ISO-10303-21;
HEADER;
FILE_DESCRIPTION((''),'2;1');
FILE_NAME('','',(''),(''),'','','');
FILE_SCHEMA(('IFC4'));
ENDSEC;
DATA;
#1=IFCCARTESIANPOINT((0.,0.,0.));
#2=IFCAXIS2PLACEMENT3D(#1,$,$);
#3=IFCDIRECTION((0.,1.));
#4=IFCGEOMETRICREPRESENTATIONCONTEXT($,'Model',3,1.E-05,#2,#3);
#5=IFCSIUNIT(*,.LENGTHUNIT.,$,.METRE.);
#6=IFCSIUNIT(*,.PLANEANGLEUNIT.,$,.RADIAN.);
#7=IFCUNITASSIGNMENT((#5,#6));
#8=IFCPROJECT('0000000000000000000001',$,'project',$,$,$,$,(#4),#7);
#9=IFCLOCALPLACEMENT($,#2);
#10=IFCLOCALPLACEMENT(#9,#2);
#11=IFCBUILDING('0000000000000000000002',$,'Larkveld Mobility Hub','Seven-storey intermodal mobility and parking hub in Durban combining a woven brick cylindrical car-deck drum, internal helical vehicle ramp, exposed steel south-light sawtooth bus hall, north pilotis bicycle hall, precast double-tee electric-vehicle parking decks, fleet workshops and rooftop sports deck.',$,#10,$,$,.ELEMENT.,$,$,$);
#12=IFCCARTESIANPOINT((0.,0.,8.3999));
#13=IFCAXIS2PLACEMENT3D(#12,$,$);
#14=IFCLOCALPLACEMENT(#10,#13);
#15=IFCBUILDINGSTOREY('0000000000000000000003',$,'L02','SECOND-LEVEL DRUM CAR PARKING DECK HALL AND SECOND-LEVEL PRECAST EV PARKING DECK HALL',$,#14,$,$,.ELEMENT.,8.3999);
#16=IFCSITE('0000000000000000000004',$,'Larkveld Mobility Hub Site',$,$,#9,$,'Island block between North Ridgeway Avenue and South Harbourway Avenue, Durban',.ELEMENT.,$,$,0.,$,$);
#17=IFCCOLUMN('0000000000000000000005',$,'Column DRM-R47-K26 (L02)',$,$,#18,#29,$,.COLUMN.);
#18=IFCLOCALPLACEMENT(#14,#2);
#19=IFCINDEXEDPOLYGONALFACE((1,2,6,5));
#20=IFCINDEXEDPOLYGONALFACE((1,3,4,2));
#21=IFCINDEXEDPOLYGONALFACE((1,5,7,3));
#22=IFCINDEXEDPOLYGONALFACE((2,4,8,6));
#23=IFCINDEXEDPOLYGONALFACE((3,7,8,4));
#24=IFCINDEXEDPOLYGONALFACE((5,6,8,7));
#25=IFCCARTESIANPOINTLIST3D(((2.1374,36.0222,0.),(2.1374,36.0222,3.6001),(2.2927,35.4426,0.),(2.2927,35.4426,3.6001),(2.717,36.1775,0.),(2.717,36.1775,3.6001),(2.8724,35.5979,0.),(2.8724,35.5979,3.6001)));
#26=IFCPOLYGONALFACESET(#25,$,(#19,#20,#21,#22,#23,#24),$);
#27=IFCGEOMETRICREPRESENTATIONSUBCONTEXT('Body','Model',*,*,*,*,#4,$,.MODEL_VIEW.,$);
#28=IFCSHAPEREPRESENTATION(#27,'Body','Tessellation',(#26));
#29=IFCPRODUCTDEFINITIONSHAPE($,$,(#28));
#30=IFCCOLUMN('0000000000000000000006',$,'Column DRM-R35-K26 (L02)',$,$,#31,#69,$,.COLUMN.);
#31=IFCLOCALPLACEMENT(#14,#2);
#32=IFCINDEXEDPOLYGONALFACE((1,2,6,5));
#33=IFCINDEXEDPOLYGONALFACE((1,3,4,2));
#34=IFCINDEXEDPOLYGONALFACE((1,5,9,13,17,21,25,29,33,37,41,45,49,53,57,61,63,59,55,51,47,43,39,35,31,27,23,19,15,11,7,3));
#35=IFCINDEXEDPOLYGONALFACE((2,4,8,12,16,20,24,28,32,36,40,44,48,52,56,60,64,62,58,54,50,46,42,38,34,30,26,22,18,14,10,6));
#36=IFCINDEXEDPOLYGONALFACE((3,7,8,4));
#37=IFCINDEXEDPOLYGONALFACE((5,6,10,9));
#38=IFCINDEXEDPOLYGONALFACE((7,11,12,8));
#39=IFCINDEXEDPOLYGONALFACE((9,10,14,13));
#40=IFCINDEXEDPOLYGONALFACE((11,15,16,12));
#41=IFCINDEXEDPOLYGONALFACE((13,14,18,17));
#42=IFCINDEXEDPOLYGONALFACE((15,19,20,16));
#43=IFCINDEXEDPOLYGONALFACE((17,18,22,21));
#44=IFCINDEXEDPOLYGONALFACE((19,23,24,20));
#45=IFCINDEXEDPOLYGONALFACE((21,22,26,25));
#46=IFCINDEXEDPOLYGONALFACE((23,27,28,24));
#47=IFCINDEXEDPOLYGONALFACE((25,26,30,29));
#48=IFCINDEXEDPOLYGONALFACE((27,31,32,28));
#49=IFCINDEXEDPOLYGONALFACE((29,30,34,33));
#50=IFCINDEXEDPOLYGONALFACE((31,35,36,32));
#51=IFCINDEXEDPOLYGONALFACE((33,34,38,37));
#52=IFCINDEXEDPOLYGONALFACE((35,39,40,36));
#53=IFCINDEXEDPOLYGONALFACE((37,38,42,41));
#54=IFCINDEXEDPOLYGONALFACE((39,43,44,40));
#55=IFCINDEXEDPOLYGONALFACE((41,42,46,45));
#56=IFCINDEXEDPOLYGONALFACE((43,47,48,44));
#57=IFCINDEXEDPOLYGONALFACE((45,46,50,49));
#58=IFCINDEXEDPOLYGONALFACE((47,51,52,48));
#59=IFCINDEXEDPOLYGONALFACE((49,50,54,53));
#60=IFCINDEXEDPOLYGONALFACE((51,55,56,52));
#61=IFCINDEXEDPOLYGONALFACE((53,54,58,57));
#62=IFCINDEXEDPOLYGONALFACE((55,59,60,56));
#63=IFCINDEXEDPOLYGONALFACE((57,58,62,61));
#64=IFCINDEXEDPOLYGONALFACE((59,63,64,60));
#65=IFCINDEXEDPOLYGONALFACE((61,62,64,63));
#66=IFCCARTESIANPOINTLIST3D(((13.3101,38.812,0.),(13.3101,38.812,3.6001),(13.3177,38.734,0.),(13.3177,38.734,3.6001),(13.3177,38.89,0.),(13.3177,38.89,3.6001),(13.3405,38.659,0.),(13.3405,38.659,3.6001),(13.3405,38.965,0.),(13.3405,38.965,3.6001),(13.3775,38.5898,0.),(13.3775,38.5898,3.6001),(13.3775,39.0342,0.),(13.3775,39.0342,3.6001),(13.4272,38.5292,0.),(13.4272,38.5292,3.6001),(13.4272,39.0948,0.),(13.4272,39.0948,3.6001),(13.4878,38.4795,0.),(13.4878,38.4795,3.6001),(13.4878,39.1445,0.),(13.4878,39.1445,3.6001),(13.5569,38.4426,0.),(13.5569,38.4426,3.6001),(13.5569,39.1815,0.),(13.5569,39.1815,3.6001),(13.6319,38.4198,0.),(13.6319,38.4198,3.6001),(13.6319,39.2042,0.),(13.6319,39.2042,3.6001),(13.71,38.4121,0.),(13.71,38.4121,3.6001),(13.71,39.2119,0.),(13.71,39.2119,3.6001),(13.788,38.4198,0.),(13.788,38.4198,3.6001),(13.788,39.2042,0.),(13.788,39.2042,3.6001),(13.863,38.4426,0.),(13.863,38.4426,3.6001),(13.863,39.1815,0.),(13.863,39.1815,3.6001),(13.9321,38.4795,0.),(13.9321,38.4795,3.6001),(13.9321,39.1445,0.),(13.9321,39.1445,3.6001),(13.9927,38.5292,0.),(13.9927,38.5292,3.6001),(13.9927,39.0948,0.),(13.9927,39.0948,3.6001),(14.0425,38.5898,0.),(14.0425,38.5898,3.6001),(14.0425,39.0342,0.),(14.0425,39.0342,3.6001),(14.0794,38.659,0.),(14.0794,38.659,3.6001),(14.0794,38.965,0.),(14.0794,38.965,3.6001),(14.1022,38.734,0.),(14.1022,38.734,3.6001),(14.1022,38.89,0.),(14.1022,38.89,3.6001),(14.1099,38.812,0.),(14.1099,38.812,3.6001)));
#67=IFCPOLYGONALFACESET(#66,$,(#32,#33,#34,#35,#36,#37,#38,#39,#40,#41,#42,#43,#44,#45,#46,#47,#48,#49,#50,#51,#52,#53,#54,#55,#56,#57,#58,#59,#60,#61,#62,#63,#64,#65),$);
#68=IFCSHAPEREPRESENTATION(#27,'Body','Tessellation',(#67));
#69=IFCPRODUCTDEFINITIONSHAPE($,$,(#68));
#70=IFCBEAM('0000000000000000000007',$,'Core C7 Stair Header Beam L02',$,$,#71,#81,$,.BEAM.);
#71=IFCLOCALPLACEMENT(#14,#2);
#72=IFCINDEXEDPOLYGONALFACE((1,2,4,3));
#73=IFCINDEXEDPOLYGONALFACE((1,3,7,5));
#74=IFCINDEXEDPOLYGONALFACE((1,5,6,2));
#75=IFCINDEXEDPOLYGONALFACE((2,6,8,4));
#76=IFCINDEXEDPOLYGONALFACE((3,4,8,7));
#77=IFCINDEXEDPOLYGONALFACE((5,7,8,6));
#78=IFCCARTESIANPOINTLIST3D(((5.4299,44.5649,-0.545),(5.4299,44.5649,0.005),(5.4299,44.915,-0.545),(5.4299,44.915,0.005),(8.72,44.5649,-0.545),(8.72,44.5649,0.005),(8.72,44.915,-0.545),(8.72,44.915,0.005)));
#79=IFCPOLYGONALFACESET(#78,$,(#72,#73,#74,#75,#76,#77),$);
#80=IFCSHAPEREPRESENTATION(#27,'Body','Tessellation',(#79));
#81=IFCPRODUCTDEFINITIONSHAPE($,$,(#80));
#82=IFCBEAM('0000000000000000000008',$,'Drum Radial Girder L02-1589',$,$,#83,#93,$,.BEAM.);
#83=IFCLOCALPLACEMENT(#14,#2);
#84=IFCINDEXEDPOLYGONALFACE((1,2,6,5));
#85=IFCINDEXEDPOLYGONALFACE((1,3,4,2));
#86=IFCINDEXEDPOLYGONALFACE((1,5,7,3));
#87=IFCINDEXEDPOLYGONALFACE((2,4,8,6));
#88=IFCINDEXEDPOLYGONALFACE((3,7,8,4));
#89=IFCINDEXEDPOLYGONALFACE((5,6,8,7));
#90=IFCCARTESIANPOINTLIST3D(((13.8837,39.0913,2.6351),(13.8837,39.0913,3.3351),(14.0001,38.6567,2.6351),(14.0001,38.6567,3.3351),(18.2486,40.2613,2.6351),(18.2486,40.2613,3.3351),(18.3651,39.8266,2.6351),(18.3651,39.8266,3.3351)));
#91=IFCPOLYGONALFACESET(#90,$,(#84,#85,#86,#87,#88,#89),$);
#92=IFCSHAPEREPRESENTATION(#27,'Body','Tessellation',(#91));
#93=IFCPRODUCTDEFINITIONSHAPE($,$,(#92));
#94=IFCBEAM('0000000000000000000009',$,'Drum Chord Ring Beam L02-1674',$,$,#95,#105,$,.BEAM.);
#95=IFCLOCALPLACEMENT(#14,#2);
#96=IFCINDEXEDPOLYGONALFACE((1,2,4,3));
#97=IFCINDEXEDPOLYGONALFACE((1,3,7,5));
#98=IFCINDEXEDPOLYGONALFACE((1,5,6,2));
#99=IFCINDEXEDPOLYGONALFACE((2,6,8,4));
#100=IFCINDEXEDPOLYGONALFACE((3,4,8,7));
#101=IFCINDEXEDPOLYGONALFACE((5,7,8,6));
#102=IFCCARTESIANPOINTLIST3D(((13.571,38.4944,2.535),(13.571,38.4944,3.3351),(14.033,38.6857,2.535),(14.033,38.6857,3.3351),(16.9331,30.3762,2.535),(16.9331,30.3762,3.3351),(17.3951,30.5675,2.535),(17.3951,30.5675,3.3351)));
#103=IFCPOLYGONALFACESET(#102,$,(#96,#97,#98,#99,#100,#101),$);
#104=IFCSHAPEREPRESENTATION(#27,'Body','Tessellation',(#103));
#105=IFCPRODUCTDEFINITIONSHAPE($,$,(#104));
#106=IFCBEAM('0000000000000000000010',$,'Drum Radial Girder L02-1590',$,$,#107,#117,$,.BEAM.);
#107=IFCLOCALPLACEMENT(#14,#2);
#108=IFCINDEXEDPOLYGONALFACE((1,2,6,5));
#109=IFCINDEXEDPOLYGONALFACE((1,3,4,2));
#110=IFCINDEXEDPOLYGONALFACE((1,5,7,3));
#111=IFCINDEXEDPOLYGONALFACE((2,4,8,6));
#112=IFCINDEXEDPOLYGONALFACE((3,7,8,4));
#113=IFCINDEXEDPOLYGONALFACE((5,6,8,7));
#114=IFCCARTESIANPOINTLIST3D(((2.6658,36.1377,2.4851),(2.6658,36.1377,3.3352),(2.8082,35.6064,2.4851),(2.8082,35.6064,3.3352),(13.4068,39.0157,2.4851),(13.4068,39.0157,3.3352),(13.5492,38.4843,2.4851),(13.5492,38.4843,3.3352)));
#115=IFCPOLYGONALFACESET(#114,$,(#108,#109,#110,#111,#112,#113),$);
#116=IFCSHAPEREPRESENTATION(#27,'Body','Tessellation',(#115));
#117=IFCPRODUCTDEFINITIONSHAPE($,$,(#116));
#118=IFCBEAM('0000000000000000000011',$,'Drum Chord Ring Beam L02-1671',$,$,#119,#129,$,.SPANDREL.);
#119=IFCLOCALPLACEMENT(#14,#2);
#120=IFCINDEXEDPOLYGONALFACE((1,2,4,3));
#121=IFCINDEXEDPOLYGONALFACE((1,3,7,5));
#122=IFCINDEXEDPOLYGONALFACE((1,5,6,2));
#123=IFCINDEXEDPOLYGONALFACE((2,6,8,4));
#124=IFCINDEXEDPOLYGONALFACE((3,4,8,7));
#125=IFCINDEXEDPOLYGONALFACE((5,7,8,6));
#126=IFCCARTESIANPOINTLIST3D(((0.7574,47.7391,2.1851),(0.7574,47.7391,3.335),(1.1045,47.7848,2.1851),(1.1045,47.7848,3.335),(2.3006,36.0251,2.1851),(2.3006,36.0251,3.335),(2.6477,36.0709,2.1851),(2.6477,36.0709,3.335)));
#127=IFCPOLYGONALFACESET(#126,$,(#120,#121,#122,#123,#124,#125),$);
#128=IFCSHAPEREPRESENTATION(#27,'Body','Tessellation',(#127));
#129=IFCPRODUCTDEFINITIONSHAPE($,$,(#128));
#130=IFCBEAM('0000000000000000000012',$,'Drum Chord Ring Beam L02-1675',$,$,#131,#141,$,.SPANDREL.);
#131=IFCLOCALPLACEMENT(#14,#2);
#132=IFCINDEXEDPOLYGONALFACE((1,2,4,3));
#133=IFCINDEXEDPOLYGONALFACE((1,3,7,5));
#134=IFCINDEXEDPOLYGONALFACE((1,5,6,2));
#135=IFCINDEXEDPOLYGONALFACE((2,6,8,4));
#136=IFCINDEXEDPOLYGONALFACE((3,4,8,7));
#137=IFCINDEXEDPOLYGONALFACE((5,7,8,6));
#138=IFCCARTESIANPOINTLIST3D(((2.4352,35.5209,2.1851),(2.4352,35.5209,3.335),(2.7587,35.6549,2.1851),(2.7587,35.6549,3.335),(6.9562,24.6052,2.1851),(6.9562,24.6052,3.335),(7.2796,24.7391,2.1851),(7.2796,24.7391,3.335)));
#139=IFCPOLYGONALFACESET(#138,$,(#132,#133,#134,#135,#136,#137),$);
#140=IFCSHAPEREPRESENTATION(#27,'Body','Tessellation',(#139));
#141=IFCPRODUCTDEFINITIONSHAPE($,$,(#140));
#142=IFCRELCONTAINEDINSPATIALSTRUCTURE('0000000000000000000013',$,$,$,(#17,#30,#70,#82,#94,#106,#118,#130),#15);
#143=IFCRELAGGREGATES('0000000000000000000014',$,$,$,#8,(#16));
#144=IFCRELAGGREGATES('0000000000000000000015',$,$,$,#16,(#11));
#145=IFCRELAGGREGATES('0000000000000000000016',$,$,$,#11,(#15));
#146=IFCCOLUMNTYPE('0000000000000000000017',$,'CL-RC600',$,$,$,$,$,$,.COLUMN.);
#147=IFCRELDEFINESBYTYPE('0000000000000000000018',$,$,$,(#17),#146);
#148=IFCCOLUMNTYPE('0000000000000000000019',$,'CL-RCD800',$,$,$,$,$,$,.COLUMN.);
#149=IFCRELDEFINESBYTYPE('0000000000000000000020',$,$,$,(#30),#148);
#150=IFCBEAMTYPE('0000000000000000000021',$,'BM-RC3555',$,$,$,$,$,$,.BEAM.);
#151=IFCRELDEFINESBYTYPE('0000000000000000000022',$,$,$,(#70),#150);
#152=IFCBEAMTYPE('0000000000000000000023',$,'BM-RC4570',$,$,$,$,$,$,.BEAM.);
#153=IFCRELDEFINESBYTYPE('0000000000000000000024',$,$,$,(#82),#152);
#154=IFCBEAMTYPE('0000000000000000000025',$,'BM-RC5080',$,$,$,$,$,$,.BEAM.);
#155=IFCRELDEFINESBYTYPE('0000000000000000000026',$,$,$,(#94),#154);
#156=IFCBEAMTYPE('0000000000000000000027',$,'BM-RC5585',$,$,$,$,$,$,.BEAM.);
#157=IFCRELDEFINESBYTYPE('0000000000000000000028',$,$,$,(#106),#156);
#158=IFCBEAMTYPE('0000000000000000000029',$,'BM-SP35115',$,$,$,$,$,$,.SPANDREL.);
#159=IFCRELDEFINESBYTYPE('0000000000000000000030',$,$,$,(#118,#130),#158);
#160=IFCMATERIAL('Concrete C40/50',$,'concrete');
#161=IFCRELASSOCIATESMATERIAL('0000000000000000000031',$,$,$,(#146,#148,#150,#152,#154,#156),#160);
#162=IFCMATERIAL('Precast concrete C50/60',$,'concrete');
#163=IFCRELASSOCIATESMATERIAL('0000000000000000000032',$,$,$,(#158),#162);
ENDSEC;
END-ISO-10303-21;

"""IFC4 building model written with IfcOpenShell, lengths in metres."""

from ifc_helpers import new_model, si_unit, direction, frame, origin, origin_2d, place, context, subcontext, project, spatial, rectangle, circle, extrude, material, material_profile, profile_set, type_object, element, save


model = new_model("IFC4")

# Units and contexts
model_context = context("Model", 3, precision=1e-05, world=origin(), true_north=direction((0.0, 1.0)))
body_context = subcontext(model_context, "Body", "Model", "MODEL_VIEW")
ifc_project = project(units=[si_unit("LENGTHUNIT", "METRE"), si_unit("PLANEANGLEUNIT", "RADIAN")], contexts=[model_context])

# Site, building, storey
site_placement = place(None, origin())
site = spatial("IfcSite", under=ifc_project, at=site_placement, Name="Larkveld Mobility Hub Site", LongName="Island block between North Ridgeway Avenue and South Harbourway Avenue, Durban", CompositionType="ELEMENT", RefElevation=0.0)
building_placement = place(site_placement, origin())
building = spatial("IfcBuilding", under=site, at=building_placement, Name="Larkveld Mobility Hub", Description="Seven-storey intermodal mobility and parking hub in Durban combining a woven brick cylindrical car-deck drum, internal helical vehicle ramp, exposed steel south-light sawtooth bus hall, north pilotis bicycle hall, precast double-tee electric-vehicle parking decks, fleet workshops and rooftop sports deck.", CompositionType="ELEMENT")
storey_placement = place(building_placement, frame((0.0, 0.0, 8.3999)))
storey = spatial("IfcBuildingStorey", under=building, at=storey_placement, Name="L02", Description="SECOND-LEVEL DRUM CAR PARKING DECK HALL AND SECOND-LEVEL PRECAST EV PARKING DECK HALL", CompositionType="ELEMENT", Elevation=8.3999)

# Columns
ifc_material_1 = material(Name="Concrete C40/50", Category="concrete")
ifc_material_profile_1 = material_profile(ifc_material_1, rectangle(XDim=0.6001, YDim=0.6001, at=origin_2d()), Name="RC COL 600x600")
ifc_profile_set_1 = profile_set([ifc_material_profile_1], Name="Concrete C40/50")
column_type_1 = type_object("IfcColumnType", Name="CL-RC600", PredefinedType="COLUMN", material=ifc_profile_set_1)
column_1_placement = place(storey_placement, frame((2.5049, 35.8101, 0.0), z_axis=(0.0, 0.0, 1.0), x_axis=(0.965926, 0.258819, 0.0)))
element("IfcColumn", 1, at=column_1_placement, inside=storey, type_object=column_type_1, Name="Column DRM-R47-K26 (L02)", PredefinedType="COLUMN", context=body_context, shape_type="SweptSolid", body=[
    extrude(rectangle(XDim=0.6001, YDim=0.6001, at=origin_2d()), origin(), (0.0, 0.0, 1.0), 3.6001),
])
ifc_material_profile_2 = material_profile(ifc_material_1, circle(Radius=0.3999, at=origin_2d()), Name="RC COL D800")
ifc_profile_set_2 = profile_set([ifc_material_profile_2], Name="Concrete C40/50")
column_type_2 = type_object("IfcColumnType", Name="CL-RCD800", PredefinedType="COLUMN", material=ifc_profile_set_2)
column_2_placement = place(storey_placement, frame((13.71, 38.812, 0.0), z_axis=(0.0, 0.0, 1.0), x_axis=(1.0, 0.0, 0.0)))
element("IfcColumn", 2, at=column_2_placement, inside=storey, type_object=column_type_2, Name="Column DRM-R35-K26 (L02)", PredefinedType="COLUMN", context=body_context, shape_type="SweptSolid", body=[
    extrude(circle(Radius=0.3999, at=origin_2d()), origin(), (0.0, 0.0, 1.0), 3.6001),
])

# Beams
ifc_material_profile_3 = material_profile(ifc_material_1, rectangle(XDim=0.3501, YDim=0.55, at=origin_2d()), Name="RC BM 350x550")
ifc_profile_set_3 = profile_set([ifc_material_profile_3], Name="Concrete C40/50")
beam_type_1 = type_object("IfcBeamType", Name="BM-RC3555", PredefinedType="BEAM", material=ifc_profile_set_3)
beam_1_placement = place(storey_placement, frame((5.4299, 44.74, -0.27), z_axis=(1.0, 0.0, 0.0), x_axis=(0.0, 1.0, 0.0)))
element("IfcBeam", 3, at=beam_1_placement, inside=storey, type_object=beam_type_1, Name="Core C7 Stair Header Beam L02", PredefinedType="BEAM", context=body_context, shape_type="SweptSolid", body=[
    extrude(rectangle(XDim=0.3501, YDim=0.55, at=origin_2d()), origin(), (0.0, 0.0, 1.0), 3.29),
])
ifc_material_profile_4 = material_profile(ifc_material_1, rectangle(XDim=0.45, YDim=0.7, at=origin_2d()), Name="RC BM 450x700")
ifc_profile_set_4 = profile_set([ifc_material_profile_4], Name="Concrete C40/50")
beam_type_2 = type_object("IfcBeamType", Name="BM-RC4570", PredefinedType="BEAM", material=ifc_profile_set_4)
beam_2_placement = place(storey_placement, frame((18.3069, 40.0439, 2.9851), z_axis=(-0.965908, -0.258886, 0.0), x_axis=(0.258886, -0.965908, 0.0)))
element("IfcBeam", 4, at=beam_2_placement, inside=storey, type_object=beam_type_2, Name="Drum Radial Girder L02-1589", PredefinedType="BEAM", context=body_context, shape_type="SweptSolid", body=[
    extrude(rectangle(XDim=0.45, YDim=0.7, at=origin_2d()), origin(), (0.0, 0.0, 1.0), 4.519),
])
ifc_material_profile_5 = material_profile(ifc_material_1, rectangle(XDim=0.5, YDim=0.8, at=origin_2d()), Name="RC BM 500x800")
ifc_profile_set_5 = profile_set([ifc_material_profile_5], Name="Concrete C40/50")
beam_type_3 = type_object("IfcBeamType", Name="BM-RC5080", PredefinedType="BEAM", material=ifc_profile_set_5)
beam_3_placement = place(storey_placement, frame((13.802, 38.5901, 2.9351), z_axis=(0.382626, -0.923903, 0.0), x_axis=(0.923903, 0.382626, 0.0)))
element("IfcBeam", 5, at=beam_3_placement, inside=storey, type_object=beam_type_3, Name="Drum Chord Ring Beam L02-1674", PredefinedType="BEAM", context=body_context, shape_type="SweptSolid", body=[
    extrude(rectangle(XDim=0.5, YDim=0.8, at=origin_2d()), origin(), (0.0, 0.0, 1.0), 8.7869),
])
ifc_material_profile_6 = material_profile(ifc_material_1, rectangle(XDim=0.55, YDim=0.8501, at=origin_2d()), Name="RC BM 550x850")
ifc_profile_set_6 = profile_set([ifc_material_profile_6], Name="Concrete C40/50")
beam_type_4 = type_object("IfcBeamType", Name="BM-RC5585", PredefinedType="BEAM", material=ifc_profile_set_6)
beam_4_placement = place(storey_placement, frame((13.478, 38.75, 2.9102), z_axis=(-0.965928, -0.25881, 0.0), x_axis=(0.25881, -0.965928, 0.0)))
element("IfcBeam", 6, at=beam_4_placement, inside=storey, type_object=beam_type_4, Name="Drum Radial Girder L02-1590", PredefinedType="BEAM", context=body_context, shape_type="SweptSolid", body=[
    extrude(rectangle(XDim=0.55, YDim=0.8501, at=origin_2d()), origin(), (0.0, 0.0, 1.0), 11.1199),
])
ifc_material_2 = material(Name="Precast concrete C50/60", Category="concrete")
ifc_material_profile_7 = material_profile(ifc_material_2, rectangle(XDim=0.3501, YDim=1.1499, at=origin_2d()), Name="PC SP 350x1150")
ifc_profile_set_7 = profile_set([ifc_material_profile_7], Name="Precast concrete C50/60")
beam_type_5 = type_object("IfcBeamType", Name="BM-SP35115", PredefinedType="SPANDREL", material=ifc_profile_set_7)
beam_5_placement = place(storey_placement, frame((0.9309, 47.762, 2.76), z_axis=(0.130614, -0.991433, 0.0), x_axis=(0.991433, 0.130614, 0.0)))
element("IfcBeam", 7, at=beam_5_placement, inside=storey, type_object=beam_type_5, Name="Drum Chord Ring Beam L02-1671", PredefinedType="SPANDREL", context=body_context, shape_type="SweptSolid", body=[
    extrude(rectangle(XDim=0.3501, YDim=1.1499, at=origin_2d()), origin(), (0.0, 0.0, 1.0), 11.8152),
])
beam_6_placement = place(storey_placement, frame((2.5969, 35.5879, 2.76), z_axis=(0.38265, -0.923893, 0.0), x_axis=(0.923893, 0.38265, 0.0)))
element("IfcBeam", 8, at=beam_6_placement, inside=storey, type_object=beam_type_5, Name="Drum Chord Ring Beam L02-1675", PredefinedType="SPANDREL", context=body_context, shape_type="SweptSolid", body=[
    extrude(rectangle(XDim=0.3501, YDim=1.1499, at=origin_2d()), origin(), (0.0, 0.0, 1.0), 11.8149),
])

save(model, "model.ifc")
